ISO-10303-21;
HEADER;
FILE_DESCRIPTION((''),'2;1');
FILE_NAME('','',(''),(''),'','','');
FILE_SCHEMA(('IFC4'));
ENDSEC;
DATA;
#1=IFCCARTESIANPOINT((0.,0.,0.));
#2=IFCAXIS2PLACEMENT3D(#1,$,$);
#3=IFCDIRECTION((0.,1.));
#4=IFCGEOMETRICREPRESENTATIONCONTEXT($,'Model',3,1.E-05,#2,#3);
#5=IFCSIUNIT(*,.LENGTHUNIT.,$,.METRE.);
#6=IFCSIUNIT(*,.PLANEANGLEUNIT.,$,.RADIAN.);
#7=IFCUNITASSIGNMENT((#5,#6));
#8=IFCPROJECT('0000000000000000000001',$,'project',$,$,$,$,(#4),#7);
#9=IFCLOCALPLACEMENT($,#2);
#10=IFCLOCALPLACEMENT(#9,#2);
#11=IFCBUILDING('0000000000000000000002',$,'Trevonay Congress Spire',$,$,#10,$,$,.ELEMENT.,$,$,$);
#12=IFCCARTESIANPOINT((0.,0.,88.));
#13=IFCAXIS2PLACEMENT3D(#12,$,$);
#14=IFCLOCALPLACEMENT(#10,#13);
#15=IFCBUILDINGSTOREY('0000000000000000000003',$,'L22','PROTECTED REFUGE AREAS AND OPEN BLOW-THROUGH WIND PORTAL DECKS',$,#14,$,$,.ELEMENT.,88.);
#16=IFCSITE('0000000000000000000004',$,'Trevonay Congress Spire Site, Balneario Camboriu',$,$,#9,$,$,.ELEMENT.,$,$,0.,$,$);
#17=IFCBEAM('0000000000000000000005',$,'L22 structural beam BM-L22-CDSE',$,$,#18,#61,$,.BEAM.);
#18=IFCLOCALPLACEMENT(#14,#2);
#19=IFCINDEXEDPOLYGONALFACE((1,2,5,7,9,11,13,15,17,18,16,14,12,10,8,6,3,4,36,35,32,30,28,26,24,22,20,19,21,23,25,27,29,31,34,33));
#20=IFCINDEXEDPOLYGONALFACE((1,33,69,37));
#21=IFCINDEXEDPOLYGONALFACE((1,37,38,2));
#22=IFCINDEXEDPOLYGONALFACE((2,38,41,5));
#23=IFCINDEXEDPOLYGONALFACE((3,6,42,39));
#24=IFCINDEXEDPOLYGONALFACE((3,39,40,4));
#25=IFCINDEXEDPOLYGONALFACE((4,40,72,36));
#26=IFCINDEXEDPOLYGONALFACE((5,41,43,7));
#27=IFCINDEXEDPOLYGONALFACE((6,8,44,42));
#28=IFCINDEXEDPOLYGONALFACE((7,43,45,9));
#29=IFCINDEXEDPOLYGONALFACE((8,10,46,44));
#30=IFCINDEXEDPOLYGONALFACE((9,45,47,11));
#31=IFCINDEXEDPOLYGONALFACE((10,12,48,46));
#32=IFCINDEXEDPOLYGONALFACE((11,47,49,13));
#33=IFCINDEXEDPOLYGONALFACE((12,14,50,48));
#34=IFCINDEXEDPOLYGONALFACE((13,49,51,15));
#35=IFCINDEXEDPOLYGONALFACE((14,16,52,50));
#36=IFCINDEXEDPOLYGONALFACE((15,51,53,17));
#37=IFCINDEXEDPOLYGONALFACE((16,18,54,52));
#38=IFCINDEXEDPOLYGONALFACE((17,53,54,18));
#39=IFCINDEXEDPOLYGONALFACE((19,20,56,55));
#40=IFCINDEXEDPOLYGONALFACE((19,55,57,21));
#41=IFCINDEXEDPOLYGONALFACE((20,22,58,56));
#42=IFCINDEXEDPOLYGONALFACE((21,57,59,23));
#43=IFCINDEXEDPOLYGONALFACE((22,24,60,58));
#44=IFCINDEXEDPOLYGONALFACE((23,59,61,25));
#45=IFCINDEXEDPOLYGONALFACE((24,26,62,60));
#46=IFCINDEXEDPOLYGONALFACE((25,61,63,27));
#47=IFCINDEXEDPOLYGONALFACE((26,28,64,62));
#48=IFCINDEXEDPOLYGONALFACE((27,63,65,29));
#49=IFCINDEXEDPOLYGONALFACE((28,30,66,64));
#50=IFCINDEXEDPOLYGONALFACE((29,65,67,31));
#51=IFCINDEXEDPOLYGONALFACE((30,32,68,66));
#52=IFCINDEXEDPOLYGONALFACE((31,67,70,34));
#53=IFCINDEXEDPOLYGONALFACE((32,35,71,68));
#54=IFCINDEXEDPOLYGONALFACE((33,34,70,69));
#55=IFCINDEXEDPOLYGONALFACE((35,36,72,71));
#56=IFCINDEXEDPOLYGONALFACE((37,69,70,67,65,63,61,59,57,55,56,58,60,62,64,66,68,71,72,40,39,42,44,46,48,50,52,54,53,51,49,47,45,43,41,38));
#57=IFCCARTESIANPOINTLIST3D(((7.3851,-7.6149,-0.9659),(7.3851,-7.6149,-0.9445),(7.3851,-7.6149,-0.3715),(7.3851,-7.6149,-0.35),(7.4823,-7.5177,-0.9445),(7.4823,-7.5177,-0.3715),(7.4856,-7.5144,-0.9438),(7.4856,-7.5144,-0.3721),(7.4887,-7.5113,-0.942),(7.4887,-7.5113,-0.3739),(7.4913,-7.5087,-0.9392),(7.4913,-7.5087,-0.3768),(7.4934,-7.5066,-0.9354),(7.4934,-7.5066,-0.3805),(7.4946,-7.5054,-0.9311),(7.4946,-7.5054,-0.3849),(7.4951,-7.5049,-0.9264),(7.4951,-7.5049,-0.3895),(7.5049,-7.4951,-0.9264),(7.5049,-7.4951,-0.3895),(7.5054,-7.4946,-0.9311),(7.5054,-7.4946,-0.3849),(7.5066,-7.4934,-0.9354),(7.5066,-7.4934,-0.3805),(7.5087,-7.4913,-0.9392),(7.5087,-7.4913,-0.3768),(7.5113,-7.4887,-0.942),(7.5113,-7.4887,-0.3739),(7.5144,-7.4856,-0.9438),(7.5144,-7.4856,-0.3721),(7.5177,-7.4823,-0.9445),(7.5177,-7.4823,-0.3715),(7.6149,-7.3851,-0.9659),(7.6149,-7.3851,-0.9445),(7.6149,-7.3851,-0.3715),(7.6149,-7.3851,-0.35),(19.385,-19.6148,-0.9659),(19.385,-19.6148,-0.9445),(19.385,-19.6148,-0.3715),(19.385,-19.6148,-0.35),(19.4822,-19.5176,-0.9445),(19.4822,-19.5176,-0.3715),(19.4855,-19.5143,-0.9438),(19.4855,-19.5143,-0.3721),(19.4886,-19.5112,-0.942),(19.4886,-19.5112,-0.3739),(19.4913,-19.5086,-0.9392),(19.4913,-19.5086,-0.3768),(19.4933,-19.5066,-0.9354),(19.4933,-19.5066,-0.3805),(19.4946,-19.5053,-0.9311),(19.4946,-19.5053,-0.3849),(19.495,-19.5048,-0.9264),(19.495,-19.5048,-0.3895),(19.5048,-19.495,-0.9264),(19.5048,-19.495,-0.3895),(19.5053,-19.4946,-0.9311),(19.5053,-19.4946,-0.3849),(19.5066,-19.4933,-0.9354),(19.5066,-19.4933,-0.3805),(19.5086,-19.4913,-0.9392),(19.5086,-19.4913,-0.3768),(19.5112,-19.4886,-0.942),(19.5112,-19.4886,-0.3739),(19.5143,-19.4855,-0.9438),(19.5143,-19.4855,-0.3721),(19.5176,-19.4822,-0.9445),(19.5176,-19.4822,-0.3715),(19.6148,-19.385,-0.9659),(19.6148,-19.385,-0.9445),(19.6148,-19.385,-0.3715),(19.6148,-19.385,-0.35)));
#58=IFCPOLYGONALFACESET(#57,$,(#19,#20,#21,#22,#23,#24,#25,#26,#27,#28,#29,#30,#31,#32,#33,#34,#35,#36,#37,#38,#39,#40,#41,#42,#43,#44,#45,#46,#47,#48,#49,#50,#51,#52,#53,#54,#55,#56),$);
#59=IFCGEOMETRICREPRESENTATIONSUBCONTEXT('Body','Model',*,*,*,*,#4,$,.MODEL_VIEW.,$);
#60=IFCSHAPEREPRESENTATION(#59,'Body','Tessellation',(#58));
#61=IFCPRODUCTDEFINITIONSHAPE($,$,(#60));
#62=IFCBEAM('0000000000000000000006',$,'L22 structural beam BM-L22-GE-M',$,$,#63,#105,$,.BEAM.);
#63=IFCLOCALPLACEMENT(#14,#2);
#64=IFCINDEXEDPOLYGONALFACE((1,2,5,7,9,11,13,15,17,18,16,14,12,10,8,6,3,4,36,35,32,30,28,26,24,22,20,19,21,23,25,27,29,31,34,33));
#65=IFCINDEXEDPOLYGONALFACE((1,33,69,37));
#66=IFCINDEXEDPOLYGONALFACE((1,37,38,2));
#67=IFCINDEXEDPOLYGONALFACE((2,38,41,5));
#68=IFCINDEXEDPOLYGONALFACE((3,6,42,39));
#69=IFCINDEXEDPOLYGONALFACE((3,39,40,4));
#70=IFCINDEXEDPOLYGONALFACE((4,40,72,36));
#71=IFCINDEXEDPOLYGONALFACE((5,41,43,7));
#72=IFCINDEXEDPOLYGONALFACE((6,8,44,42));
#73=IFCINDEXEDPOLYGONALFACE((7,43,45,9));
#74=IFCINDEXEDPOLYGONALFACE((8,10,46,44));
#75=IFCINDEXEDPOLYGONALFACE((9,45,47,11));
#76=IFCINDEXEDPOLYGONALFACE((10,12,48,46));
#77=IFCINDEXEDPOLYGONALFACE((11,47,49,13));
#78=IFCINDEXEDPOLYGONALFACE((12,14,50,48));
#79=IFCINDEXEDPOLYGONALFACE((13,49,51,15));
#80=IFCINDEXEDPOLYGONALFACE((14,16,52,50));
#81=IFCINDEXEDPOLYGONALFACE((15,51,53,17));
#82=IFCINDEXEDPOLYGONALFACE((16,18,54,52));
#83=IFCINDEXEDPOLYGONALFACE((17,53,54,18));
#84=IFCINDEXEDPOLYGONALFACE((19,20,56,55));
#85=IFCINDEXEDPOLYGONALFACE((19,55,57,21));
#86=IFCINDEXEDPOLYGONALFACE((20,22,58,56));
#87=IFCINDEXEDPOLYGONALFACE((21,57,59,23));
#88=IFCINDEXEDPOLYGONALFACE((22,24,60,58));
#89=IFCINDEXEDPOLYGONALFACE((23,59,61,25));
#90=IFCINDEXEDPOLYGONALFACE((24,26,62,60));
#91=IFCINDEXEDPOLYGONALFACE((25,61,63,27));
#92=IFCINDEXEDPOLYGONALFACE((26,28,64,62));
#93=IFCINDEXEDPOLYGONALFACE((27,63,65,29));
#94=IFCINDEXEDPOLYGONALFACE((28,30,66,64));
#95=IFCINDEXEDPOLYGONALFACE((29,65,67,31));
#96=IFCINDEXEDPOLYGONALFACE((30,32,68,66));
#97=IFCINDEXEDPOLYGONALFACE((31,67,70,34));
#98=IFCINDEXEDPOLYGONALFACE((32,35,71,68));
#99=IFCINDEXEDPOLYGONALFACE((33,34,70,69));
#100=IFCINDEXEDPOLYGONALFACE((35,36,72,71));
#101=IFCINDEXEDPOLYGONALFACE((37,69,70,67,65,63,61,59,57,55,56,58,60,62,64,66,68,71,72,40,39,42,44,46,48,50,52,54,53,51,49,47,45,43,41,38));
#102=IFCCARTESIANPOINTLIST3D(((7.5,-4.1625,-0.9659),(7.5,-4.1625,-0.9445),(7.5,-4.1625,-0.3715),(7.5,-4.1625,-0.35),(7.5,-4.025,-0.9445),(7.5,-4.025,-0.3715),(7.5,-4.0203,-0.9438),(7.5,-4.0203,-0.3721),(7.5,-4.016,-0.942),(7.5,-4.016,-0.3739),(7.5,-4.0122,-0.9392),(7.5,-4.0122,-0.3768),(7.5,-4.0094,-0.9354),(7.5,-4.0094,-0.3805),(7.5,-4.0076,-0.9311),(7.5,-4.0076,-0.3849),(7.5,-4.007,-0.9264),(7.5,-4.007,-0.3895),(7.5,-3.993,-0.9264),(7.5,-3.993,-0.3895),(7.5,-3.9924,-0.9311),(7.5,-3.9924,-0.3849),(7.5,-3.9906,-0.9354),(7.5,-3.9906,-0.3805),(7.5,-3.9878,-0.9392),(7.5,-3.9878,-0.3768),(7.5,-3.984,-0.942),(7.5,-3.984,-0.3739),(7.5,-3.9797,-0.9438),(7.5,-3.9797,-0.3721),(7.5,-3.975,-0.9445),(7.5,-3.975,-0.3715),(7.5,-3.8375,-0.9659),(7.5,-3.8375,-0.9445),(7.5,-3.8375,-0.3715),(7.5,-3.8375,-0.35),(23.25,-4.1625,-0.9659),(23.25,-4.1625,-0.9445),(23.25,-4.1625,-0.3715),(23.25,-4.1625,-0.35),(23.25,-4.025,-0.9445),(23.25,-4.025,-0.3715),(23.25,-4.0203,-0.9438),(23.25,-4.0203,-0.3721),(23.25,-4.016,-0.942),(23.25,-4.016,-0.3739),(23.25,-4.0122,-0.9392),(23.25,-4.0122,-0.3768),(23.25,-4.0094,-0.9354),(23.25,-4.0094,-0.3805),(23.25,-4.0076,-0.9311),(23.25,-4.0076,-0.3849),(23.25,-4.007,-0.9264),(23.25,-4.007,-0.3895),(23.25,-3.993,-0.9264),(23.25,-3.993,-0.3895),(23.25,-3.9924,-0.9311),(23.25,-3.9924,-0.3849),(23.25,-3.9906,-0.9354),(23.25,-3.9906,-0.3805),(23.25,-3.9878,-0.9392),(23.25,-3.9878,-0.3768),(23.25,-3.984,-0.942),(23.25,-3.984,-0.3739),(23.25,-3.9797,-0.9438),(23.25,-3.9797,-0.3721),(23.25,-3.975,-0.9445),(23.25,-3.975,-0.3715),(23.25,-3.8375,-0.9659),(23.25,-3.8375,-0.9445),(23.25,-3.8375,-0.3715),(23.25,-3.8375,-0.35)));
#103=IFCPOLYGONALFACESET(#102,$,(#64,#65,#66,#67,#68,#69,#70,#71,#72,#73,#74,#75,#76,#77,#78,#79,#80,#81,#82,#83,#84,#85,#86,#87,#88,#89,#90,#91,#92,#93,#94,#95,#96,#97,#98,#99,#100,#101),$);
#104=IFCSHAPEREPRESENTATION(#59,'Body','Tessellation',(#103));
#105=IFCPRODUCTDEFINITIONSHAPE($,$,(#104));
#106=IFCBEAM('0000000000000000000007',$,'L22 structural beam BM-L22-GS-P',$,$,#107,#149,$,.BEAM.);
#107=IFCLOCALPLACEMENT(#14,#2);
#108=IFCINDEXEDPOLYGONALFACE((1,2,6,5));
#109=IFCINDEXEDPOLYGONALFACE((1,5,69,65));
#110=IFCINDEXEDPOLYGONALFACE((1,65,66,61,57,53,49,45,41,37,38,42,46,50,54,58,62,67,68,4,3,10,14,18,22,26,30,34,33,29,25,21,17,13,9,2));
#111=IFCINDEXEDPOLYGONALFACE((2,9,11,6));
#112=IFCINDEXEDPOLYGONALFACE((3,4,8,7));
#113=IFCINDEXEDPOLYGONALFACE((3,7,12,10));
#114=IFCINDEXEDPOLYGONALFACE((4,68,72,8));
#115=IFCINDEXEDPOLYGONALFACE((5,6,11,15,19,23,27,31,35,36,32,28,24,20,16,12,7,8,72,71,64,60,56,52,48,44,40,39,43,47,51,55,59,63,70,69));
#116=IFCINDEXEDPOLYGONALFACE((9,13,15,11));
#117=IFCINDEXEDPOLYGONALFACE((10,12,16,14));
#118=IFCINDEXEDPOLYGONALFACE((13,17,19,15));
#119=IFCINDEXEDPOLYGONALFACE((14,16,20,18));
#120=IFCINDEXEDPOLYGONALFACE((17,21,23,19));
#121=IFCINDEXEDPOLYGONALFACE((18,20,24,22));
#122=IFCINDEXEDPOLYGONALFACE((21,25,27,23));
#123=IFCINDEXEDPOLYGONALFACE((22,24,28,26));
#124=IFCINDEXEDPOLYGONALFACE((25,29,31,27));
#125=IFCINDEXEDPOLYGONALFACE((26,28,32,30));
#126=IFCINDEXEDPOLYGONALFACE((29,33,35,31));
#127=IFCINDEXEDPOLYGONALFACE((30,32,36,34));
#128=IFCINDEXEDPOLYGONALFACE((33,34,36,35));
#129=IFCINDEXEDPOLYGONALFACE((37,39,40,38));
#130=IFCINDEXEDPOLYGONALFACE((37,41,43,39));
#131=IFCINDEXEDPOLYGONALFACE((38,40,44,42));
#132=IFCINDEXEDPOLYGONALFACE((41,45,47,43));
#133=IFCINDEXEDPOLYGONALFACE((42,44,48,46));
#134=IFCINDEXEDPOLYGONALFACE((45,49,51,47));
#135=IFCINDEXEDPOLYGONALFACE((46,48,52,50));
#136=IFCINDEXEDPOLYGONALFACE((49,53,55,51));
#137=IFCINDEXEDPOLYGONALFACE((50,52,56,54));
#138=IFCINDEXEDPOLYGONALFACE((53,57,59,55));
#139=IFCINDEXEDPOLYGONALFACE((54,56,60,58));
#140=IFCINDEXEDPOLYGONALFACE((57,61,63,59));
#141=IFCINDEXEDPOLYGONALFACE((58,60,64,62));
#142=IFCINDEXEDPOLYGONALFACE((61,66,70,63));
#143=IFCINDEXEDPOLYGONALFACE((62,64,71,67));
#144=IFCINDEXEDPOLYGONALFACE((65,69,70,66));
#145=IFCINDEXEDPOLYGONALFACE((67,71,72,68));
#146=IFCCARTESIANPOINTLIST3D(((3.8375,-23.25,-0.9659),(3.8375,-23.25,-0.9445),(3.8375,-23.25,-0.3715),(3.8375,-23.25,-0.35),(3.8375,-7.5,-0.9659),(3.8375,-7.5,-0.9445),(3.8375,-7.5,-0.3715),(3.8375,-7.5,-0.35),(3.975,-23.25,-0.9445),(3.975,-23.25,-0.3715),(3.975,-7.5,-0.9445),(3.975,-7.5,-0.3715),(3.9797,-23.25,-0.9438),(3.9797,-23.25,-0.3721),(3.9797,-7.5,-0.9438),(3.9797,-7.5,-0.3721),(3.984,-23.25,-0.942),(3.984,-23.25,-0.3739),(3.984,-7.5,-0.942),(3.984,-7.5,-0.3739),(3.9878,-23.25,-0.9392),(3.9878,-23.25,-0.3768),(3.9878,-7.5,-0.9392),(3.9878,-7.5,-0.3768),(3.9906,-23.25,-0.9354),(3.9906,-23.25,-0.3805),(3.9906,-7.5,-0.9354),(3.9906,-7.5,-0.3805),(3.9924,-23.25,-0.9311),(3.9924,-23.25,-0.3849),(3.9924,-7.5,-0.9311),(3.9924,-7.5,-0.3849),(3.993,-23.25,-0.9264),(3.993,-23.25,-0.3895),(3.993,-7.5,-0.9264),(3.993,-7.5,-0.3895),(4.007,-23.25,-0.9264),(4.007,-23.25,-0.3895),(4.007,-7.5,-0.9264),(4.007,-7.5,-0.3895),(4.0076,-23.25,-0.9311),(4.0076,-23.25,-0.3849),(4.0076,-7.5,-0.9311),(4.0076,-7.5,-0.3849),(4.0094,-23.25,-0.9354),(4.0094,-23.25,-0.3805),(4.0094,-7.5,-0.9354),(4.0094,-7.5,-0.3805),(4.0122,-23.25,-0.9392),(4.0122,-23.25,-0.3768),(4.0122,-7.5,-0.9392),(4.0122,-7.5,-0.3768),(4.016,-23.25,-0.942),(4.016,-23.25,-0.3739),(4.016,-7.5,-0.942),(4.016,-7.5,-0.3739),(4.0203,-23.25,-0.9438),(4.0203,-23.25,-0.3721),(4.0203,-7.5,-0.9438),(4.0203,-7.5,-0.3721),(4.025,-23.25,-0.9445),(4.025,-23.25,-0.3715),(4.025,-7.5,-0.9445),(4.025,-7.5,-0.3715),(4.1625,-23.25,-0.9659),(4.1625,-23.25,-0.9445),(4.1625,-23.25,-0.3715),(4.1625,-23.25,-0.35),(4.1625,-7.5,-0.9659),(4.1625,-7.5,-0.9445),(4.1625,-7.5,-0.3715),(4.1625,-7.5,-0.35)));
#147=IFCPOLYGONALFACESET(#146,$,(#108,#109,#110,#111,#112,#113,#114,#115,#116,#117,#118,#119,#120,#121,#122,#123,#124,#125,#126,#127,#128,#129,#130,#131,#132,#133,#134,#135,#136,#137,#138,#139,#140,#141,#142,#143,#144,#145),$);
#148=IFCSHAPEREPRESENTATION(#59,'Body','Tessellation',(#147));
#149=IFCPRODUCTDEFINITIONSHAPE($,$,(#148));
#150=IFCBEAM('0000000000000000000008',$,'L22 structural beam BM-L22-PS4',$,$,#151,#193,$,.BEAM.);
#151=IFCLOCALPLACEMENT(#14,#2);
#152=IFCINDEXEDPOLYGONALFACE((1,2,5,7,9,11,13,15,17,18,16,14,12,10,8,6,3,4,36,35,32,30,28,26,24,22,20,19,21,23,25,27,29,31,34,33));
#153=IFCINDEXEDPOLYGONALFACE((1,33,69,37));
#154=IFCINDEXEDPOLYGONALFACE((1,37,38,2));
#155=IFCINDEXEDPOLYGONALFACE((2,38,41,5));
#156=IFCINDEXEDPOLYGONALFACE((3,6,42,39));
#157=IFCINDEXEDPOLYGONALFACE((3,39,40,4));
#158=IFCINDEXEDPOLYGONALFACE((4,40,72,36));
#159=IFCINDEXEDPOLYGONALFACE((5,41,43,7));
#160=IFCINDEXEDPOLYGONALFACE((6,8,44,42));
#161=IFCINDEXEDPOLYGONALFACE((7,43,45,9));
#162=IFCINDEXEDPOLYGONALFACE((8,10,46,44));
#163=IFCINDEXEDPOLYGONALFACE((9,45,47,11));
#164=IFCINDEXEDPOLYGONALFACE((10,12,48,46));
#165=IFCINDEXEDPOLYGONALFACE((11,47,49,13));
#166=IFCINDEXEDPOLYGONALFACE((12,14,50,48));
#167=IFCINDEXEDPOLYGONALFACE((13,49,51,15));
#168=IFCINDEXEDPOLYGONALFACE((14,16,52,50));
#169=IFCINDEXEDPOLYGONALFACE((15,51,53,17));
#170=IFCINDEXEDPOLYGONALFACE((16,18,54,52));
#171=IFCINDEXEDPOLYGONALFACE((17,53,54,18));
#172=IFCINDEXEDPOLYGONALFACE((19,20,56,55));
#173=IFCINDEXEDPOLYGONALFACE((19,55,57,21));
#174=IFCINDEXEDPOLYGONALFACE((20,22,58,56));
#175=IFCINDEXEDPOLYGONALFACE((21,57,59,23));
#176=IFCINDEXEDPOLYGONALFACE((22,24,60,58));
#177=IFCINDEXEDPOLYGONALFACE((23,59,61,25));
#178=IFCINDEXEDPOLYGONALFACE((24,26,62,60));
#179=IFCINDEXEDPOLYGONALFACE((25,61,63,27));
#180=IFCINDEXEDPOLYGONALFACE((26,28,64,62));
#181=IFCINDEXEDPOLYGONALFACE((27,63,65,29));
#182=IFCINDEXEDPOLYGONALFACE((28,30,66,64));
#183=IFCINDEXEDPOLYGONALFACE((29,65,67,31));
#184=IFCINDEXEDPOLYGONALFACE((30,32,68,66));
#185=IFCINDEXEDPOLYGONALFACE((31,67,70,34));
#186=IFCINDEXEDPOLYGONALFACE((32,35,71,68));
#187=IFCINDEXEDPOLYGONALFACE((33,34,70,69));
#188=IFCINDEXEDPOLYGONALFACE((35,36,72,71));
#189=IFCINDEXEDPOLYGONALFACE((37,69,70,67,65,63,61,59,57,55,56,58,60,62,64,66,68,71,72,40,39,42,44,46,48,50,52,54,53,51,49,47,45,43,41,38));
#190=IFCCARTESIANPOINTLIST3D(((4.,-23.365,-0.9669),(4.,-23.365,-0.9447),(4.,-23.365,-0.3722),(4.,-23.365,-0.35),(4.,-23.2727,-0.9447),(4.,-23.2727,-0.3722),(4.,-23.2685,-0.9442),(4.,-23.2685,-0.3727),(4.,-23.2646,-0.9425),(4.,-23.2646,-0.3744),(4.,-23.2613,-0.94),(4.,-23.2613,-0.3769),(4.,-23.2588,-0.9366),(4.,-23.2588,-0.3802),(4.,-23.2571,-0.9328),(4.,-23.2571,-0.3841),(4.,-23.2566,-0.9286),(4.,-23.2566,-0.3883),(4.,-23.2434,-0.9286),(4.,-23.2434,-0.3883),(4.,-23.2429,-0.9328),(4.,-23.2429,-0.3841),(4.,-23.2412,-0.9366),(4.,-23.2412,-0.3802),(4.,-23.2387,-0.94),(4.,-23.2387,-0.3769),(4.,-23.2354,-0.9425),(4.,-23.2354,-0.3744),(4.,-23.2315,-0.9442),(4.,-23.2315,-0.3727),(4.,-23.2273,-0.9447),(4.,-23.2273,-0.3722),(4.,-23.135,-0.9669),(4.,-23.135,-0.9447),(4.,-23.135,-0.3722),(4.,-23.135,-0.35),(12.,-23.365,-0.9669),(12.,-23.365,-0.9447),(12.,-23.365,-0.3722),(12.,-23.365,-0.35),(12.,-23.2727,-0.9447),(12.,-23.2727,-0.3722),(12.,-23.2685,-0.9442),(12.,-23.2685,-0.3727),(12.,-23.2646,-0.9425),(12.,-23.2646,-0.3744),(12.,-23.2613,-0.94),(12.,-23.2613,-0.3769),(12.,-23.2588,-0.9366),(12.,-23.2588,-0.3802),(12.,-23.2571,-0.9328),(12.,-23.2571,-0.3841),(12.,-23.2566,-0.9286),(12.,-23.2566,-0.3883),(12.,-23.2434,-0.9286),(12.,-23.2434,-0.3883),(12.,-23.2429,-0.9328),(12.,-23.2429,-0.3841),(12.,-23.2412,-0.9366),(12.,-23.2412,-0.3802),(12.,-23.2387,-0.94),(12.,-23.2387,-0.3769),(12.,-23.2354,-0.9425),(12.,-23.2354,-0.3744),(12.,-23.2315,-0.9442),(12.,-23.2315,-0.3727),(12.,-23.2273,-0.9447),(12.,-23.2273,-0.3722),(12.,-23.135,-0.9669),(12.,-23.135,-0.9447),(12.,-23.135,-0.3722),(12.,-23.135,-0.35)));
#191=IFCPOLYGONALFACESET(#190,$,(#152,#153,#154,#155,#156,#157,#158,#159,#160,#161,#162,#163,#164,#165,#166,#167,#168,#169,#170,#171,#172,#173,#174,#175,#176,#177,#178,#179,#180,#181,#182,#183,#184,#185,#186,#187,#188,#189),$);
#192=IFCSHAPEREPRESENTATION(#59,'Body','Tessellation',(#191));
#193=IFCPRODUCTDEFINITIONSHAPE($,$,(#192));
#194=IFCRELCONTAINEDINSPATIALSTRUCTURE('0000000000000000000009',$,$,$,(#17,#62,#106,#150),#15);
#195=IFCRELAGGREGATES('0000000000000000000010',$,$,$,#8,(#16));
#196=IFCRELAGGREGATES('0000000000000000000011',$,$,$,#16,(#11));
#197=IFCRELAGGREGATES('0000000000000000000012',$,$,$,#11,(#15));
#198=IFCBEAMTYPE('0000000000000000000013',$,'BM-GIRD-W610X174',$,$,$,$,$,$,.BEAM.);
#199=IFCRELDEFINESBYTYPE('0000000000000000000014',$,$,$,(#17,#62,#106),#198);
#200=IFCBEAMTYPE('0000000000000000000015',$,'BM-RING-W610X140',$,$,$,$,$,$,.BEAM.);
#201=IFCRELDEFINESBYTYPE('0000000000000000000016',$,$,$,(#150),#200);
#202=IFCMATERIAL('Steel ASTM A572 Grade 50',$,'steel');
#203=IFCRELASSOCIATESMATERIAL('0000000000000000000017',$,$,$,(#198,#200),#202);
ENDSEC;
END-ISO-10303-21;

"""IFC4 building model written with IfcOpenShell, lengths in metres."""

from ifc_helpers import new_model, si_unit, direction, frame, origin, origin_2d, place, context, subcontext, project, spatial, i_section, extrude, material, material_profile, profile_set, type_object, element, save


model = new_model("IFC4")

# Units and contexts
model_context = context("Model", 3, precision=1e-05, world=origin(), true_north=direction((0.0, 1.0)))
body_context = subcontext(model_context, "Body", "Model", "MODEL_VIEW")
ifc_project = project(units=[si_unit("LENGTHUNIT", "METRE"), si_unit("PLANEANGLEUNIT", "RADIAN")], contexts=[model_context])

# Site, building, storey
site_placement = place(None, origin())
site = spatial("IfcSite", under=ifc_project, at=site_placement, Name="Trevonay Congress Spire Site, Balneario Camboriu", CompositionType="ELEMENT", RefElevation=0.0)
building_placement = place(site_placement, origin())
building = spatial("IfcBuilding", under=site, at=building_placement, Name="Trevonay Congress Spire", CompositionType="ELEMENT")
storey_placement = place(building_placement, frame((0.0, 0.0, 88.0)))
storey = spatial("IfcBuildingStorey", under=building, at=storey_placement, Name="L22", Description="PROTECTED REFUGE AREAS AND OPEN BLOW-THROUGH WIND PORTAL DECKS", CompositionType="ELEMENT", Elevation=88.0)

# Shared definitions
ifc_material_1 = material(Name="Steel ASTM A572 Grade 50", Category="steel")

# Beams
ifc_material_profile_1 = material_profile(ifc_material_1, i_section(OverallWidth=0.325, OverallDepth=0.616, WebThickness=0.0139, FlangeThickness=0.0215, FilletRadius=0.0181, at=origin_2d()), Name="W610x174")
ifc_profile_set_1 = profile_set([ifc_material_profile_1], Name="Steel ASTM A572 Grade 50")
beam_type_1 = type_object("IfcBeamType", Name="BM-GIRD-W610X174", PredefinedType="BEAM", material=ifc_profile_set_1)
beam_1_placement = place(storey_placement, frame((7.5, -7.5, -0.658), z_axis=(0.707107, -0.707107, 0.0), x_axis=(0.707107, 0.707107, 0.0)))
element("IfcBeam", 1, at=beam_1_placement, inside=storey, type_object=beam_type_1, Name="L22 structural beam BM-L22-CDSE", PredefinedType="BEAM", context=body_context, shape_type="SweptSolid", body=[
    extrude(i_section(OverallWidth=0.325, OverallDepth=0.616, WebThickness=0.0139, FlangeThickness=0.0215, FilletRadius=0.0181, at=origin_2d()), origin(), (0.0, 0.0, 1.0), 16.9705),
])
for number, where, z_axis, x_axis, name in (
    (2, (7.5, -4.0, -0.658), (1.0, 0.0, 0.0), (0.0, 1.0, 0.0), "L22 structural beam BM-L22-GE-M"),
    (3, (4.0, -7.5, -0.658), (0.0, -1.0, 0.0), (1.0, 0.0, 0.0), "L22 structural beam BM-L22-GS-P"),
):
    element("IfcBeam", number, at=place(storey_placement, frame(where, z_axis=z_axis, x_axis=x_axis)), inside=storey, type_object=beam_type_1, Name=name, PredefinedType="BEAM", context=body_context, shape_type="SweptSolid", body=[
        extrude(i_section(OverallWidth=0.325, OverallDepth=0.616, WebThickness=0.0139, FlangeThickness=0.0215, FilletRadius=0.0181, at=origin_2d()), origin(), (0.0, 0.0, 1.0), 15.75),
    ])
ifc_material_profile_2 = material_profile(ifc_material_1, i_section(OverallWidth=0.23, OverallDepth=0.6169, WebThickness=0.0132, FlangeThickness=0.0222, FilletRadius=0.0161, at=origin_2d()), Name="W610x140")
ifc_profile_set_2 = profile_set([ifc_material_profile_2], Name="Steel ASTM A572 Grade 50")
beam_type_2 = type_object("IfcBeamType", Name="BM-RING-W610X140", PredefinedType="BEAM", material=ifc_profile_set_2)
beam_2_placement = place(storey_placement, frame((4.0, -23.25, -0.6584), z_axis=(1.0, 0.0, 0.0), x_axis=(0.0, 1.0, 0.0)))
element("IfcBeam", 4, at=beam_2_placement, inside=storey, type_object=beam_type_2, Name="L22 structural beam BM-L22-PS4", PredefinedType="BEAM", context=body_context, shape_type="SweptSolid", body=[
    extrude(i_section(OverallWidth=0.23, OverallDepth=0.6169, WebThickness=0.0132, FlangeThickness=0.0222, FilletRadius=0.0161, at=origin_2d()), origin(), (0.0, 0.0, 1.0), 8.0),
])

save(model, "model.ifc")
